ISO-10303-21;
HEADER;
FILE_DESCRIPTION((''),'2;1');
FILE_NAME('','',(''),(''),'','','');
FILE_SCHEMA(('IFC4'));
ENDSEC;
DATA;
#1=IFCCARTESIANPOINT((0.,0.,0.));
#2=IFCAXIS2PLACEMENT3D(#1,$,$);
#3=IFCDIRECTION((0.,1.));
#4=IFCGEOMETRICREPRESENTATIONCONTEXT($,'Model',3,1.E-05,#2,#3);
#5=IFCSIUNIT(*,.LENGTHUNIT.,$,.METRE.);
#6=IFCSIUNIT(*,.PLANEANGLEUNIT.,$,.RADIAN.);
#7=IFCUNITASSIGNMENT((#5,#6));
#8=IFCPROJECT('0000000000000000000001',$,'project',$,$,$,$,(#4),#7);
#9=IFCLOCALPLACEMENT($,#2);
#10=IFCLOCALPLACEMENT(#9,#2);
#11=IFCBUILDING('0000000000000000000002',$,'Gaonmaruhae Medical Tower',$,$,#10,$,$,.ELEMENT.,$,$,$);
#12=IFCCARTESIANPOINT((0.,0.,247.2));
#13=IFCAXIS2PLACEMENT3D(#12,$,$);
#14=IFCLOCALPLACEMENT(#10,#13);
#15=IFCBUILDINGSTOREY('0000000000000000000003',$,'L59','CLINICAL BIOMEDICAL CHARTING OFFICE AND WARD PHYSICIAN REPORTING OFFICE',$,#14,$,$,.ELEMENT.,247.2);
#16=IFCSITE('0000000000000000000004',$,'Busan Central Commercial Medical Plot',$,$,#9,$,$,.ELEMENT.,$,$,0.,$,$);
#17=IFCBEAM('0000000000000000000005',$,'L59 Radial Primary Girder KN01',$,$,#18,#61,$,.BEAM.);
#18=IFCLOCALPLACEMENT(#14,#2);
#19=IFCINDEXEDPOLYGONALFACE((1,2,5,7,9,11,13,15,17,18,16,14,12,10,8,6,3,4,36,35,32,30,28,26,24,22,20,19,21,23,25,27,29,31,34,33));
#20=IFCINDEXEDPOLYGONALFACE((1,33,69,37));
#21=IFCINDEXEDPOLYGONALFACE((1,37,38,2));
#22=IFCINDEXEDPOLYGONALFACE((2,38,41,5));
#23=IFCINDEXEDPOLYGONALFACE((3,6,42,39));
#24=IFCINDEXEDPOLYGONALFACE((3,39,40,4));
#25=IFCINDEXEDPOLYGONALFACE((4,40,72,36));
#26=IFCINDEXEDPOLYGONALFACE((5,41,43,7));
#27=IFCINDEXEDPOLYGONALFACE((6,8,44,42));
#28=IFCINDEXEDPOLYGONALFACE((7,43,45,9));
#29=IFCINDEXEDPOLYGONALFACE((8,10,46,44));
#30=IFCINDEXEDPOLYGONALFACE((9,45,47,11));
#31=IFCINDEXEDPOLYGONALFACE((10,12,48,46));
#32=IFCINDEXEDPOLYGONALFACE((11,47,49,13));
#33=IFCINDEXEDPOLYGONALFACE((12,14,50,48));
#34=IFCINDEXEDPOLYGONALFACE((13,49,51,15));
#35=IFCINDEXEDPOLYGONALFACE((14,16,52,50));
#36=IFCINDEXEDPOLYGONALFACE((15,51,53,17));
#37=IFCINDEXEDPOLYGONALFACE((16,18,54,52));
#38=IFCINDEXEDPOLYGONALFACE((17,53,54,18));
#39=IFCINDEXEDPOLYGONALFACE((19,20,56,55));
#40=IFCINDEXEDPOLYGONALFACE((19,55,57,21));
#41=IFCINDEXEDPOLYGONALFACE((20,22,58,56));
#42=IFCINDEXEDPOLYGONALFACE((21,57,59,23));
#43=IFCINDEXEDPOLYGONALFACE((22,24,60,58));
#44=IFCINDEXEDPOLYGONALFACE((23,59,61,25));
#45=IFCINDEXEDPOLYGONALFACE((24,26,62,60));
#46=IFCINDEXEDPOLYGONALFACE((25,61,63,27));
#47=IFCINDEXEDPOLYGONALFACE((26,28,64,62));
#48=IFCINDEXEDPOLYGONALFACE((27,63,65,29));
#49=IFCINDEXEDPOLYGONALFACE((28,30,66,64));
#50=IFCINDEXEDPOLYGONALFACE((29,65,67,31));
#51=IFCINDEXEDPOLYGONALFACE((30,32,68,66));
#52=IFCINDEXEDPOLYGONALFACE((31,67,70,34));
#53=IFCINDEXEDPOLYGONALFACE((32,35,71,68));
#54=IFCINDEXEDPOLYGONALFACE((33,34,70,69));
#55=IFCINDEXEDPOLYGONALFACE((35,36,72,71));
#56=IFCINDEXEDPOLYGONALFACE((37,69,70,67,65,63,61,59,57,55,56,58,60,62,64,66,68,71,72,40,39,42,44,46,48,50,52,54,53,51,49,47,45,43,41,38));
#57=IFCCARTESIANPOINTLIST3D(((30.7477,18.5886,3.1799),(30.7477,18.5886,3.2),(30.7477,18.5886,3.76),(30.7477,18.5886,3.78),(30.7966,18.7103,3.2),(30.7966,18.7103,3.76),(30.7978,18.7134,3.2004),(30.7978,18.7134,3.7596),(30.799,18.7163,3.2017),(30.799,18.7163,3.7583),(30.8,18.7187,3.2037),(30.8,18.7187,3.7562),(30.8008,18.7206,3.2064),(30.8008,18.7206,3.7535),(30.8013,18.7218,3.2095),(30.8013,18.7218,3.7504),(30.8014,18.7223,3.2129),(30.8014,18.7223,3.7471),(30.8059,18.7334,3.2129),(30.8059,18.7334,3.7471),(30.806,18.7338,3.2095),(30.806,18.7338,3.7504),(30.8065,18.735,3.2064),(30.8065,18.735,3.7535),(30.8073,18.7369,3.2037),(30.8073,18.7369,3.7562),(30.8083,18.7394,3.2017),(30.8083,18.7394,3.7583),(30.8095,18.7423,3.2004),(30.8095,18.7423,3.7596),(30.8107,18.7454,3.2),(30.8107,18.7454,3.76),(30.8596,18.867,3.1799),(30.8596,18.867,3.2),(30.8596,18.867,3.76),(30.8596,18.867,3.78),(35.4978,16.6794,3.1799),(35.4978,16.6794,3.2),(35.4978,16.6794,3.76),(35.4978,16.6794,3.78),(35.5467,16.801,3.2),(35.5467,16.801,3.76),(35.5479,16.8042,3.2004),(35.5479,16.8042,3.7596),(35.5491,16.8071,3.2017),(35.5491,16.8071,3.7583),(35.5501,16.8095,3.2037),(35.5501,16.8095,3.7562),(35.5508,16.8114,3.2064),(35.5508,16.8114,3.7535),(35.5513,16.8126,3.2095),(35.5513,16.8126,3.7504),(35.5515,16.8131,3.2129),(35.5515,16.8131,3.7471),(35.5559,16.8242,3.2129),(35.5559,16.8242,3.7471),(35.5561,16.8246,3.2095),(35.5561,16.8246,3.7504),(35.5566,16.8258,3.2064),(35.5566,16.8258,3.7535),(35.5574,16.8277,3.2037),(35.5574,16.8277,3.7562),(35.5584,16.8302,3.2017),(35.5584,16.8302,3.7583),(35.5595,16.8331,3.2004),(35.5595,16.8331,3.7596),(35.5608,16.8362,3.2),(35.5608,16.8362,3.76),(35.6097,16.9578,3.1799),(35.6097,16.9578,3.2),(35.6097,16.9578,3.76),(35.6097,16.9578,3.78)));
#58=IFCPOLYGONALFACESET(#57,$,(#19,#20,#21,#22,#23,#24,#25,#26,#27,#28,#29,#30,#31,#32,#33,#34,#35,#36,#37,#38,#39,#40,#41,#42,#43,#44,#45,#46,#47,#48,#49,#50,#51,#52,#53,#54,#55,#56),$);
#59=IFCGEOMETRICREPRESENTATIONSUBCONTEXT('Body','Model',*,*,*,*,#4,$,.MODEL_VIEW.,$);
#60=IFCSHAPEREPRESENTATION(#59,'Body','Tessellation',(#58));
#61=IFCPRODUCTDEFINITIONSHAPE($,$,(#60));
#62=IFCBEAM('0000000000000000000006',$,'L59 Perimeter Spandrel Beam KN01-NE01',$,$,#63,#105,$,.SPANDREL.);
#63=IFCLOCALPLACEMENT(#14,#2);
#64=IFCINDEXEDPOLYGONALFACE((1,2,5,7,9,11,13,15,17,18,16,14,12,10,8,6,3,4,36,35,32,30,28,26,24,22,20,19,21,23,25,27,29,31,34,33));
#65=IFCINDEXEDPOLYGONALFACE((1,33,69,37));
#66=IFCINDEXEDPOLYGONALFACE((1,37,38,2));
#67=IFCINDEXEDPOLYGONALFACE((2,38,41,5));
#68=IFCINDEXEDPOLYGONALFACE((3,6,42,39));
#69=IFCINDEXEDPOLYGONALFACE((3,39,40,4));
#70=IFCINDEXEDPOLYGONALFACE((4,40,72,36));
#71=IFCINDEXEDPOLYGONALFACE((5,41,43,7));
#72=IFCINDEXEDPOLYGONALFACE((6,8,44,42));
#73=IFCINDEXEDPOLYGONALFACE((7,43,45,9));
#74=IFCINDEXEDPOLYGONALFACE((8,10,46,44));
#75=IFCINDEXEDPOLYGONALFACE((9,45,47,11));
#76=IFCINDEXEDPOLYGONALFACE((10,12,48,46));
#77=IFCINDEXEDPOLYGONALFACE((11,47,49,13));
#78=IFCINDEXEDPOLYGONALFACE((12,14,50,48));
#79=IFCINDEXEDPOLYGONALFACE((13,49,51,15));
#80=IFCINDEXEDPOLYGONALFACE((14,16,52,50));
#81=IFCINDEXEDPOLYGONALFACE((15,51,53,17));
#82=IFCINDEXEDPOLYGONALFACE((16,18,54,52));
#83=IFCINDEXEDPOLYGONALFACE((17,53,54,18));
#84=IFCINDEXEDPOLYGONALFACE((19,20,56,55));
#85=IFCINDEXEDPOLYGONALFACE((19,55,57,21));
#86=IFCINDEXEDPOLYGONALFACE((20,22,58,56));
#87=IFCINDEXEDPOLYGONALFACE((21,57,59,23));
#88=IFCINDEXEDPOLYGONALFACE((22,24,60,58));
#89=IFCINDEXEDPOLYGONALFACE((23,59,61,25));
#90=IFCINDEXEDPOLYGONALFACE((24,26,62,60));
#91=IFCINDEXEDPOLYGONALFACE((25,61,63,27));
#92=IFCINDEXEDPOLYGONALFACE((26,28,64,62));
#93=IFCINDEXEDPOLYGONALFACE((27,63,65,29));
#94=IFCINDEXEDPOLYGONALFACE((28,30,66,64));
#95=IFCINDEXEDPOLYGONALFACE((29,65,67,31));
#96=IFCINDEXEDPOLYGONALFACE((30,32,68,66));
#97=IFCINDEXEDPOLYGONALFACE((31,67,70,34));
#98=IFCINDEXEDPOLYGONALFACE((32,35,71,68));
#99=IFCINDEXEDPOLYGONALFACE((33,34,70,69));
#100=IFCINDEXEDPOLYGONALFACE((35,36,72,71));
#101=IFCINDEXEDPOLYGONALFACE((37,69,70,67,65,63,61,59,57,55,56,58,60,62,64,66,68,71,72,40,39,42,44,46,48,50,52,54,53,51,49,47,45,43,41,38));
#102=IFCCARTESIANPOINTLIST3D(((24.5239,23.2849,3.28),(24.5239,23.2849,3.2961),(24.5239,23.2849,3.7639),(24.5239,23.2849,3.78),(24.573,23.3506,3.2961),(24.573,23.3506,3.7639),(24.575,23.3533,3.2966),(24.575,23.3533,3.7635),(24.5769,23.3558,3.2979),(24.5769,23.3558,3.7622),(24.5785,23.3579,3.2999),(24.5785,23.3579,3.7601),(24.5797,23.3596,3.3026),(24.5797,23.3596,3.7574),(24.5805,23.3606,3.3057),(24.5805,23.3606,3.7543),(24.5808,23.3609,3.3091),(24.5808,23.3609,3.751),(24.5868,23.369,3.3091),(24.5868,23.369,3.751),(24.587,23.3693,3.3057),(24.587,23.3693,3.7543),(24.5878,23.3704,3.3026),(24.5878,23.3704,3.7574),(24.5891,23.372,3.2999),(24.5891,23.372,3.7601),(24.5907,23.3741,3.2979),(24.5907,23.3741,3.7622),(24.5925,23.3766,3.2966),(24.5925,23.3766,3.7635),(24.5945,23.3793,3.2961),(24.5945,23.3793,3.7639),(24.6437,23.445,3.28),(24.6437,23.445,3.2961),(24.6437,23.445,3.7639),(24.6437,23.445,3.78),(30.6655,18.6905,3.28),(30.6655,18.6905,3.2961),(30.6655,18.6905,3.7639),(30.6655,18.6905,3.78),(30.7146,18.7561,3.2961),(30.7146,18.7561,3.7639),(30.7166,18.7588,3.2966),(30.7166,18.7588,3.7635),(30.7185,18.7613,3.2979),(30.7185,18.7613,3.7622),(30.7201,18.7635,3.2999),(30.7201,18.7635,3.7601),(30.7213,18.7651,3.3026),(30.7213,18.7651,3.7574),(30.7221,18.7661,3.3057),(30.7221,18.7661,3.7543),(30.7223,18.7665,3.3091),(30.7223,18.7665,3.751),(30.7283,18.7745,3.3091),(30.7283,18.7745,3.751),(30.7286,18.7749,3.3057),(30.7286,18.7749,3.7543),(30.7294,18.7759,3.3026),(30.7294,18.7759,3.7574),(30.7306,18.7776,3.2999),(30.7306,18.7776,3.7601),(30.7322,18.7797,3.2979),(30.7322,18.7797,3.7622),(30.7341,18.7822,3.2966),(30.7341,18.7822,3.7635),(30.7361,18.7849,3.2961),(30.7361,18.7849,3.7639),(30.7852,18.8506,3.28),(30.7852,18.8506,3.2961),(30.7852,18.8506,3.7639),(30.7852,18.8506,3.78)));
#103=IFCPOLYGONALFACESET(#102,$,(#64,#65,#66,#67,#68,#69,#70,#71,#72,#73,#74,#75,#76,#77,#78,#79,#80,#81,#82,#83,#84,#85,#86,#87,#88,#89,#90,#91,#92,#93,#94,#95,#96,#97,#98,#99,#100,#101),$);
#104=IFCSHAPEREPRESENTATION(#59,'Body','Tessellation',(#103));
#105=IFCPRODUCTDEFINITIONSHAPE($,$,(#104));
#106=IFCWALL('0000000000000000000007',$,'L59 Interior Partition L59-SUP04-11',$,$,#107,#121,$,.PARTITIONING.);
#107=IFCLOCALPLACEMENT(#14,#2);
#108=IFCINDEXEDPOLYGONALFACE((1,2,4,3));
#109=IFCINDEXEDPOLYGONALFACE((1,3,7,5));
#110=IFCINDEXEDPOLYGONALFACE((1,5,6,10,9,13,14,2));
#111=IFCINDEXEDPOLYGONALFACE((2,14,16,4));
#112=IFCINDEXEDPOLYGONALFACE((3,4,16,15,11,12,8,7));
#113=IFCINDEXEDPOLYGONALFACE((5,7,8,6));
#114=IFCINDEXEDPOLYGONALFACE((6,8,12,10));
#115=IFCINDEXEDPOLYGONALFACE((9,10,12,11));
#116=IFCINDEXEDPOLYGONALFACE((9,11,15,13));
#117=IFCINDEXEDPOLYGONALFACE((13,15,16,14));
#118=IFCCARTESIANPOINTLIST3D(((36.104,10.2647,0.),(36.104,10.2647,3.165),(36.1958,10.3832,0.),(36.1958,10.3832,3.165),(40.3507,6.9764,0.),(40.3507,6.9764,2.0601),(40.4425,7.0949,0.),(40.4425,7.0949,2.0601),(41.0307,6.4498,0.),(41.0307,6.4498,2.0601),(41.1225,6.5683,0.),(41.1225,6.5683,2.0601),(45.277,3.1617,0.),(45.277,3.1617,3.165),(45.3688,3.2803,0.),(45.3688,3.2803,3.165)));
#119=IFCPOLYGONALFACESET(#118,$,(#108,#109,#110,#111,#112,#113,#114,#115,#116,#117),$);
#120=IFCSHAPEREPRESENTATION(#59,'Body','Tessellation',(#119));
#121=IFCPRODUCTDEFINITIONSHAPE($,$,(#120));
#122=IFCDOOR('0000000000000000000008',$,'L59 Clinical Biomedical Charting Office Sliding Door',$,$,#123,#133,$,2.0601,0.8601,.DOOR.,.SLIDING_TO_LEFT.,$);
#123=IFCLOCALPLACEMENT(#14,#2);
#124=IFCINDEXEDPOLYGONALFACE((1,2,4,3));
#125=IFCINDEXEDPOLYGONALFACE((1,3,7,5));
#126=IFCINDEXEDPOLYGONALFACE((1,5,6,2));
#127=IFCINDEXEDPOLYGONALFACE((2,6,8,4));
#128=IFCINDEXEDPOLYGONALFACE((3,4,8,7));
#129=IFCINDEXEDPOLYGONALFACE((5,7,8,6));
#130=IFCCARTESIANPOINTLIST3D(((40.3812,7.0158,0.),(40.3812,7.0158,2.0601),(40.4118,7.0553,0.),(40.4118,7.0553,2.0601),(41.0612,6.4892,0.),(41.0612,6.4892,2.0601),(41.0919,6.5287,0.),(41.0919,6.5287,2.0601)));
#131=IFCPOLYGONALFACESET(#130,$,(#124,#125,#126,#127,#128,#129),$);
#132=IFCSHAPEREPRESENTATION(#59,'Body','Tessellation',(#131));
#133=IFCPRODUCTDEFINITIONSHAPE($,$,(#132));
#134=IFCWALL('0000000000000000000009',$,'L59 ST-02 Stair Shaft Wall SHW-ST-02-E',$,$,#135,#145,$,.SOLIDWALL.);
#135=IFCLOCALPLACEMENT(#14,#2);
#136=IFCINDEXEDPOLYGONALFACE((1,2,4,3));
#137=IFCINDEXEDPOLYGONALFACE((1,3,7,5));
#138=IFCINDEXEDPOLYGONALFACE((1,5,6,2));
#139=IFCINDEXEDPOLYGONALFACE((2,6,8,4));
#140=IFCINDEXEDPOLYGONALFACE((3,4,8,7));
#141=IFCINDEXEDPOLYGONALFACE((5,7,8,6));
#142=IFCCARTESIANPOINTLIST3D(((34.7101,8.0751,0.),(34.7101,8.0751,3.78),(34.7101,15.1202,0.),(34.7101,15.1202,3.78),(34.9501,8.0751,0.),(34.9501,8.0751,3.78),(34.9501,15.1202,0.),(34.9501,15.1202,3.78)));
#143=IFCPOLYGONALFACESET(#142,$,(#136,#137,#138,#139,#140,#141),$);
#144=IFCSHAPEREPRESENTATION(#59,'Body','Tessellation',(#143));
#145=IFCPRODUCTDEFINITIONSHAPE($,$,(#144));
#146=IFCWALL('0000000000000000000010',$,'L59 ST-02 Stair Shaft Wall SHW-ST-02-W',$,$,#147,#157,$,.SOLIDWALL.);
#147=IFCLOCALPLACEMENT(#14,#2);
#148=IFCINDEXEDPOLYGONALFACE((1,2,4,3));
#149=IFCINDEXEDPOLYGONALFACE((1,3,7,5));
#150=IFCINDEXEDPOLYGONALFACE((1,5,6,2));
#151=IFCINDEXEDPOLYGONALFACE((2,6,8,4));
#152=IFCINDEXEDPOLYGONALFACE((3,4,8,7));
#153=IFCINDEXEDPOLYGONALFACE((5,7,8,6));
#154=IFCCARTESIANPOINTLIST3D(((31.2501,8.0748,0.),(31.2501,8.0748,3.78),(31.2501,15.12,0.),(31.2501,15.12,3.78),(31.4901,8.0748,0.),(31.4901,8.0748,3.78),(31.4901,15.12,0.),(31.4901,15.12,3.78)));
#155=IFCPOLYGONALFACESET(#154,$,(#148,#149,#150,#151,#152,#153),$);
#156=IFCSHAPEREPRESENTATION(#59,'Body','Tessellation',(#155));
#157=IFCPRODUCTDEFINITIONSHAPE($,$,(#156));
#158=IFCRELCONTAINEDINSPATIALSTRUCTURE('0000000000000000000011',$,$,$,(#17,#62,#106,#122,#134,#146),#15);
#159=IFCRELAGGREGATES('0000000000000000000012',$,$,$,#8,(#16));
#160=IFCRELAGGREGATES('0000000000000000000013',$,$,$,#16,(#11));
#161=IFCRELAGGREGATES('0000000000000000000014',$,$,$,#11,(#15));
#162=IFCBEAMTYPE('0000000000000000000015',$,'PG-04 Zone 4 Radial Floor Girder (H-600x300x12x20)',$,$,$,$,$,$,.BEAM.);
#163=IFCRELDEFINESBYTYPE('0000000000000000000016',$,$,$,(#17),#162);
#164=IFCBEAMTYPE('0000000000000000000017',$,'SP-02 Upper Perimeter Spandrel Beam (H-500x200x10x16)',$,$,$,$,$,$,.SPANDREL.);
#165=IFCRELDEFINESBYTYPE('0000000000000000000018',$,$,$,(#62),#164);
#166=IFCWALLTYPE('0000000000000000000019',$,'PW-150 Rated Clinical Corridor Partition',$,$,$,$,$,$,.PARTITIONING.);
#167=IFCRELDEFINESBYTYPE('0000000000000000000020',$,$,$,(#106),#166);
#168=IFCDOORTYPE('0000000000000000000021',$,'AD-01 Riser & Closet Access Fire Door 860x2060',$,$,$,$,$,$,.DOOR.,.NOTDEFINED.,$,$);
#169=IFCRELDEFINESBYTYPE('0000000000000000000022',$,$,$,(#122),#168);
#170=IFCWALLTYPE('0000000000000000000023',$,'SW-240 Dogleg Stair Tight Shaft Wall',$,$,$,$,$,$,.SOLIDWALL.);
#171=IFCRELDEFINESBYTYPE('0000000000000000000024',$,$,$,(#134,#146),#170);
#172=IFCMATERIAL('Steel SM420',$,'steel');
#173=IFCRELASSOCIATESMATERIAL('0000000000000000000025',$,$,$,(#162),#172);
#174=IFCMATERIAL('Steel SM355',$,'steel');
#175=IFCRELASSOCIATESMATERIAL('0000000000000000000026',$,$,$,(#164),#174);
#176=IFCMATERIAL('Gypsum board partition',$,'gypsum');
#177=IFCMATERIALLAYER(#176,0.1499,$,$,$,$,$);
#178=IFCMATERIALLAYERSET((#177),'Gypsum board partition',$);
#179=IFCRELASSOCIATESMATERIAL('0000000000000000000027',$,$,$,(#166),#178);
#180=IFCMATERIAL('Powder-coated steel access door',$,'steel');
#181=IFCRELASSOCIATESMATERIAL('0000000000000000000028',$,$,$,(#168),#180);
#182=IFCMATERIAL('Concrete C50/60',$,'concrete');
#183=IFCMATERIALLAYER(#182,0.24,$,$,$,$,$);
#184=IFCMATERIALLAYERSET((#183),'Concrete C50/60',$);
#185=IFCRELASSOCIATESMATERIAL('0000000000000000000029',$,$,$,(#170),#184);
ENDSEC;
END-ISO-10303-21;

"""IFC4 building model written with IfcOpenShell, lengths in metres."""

from ifc_helpers import new_model, si_unit, direction, frame, frame_2d, origin, origin_2d, place, context, subcontext, project, spatial, rectangle, i_section, extrude, material, layer, layer_set, material_profile, profile_set, type_object, element, fill, save


model = new_model("IFC4")

# Units and contexts
model_context = context("Model", 3, precision=1e-05, world=origin(), true_north=direction((0.0, 1.0)))
body_context = subcontext(model_context, "Body", "Model", "MODEL_VIEW")
ifc_project = project(units=[si_unit("LENGTHUNIT", "METRE"), si_unit("PLANEANGLEUNIT", "RADIAN")], contexts=[model_context])

# Site, building, storey
site_placement = place(None, origin())
site = spatial("IfcSite", under=ifc_project, at=site_placement, Name="Busan Central Commercial Medical Plot", CompositionType="ELEMENT", RefElevation=0.0)
building_placement = place(site_placement, origin())
building = spatial("IfcBuilding", under=site, at=building_placement, Name="Gaonmaruhae Medical Tower", CompositionType="ELEMENT")
storey_placement = place(building_placement, frame((0.0, 0.0, 247.2)))
storey = spatial("IfcBuildingStorey", under=building, at=storey_placement, Name="L59", Description="CLINICAL BIOMEDICAL CHARTING OFFICE AND WARD PHYSICIAN REPORTING OFFICE", CompositionType="ELEMENT", Elevation=247.2)

# Shared definitions
ifc_material_1 = material(Name="Concrete C50/60", Category="concrete")

# Beams
ifc_material_2 = material(Name="Steel SM420", Category="steel")
ifc_material_profile_1 = material_profile(ifc_material_2, i_section(OverallWidth=0.3, OverallDepth=0.6001, WebThickness=0.012, FlangeThickness=0.02, FilletRadius=0.0129, at=origin_2d()), Name="H-600x300x12x20")
ifc_profile_set_1 = profile_set([ifc_material_profile_1], Name="Steel SM420")
beam_type_1 = type_object("IfcBeamType", Name="PG-04 Zone 4 Radial Floor Girder (H-600x300x12x20)", PredefinedType="BEAM", material=ifc_profile_set_1)
beam_1_placement = place(storey_placement, frame((35.5537, 16.8186, 3.48), z_axis=(-0.927857, 0.372936, 0.0), x_axis=(-0.372936, -0.927857, 0.0)))
element("IfcBeam", 1, at=beam_1_placement, inside=storey, type_object=beam_type_1, Name="L59 Radial Primary Girder KN01", PredefinedType="BEAM", context=body_context, shape_type="SweptSolid", body=[
    extrude(i_section(OverallWidth=0.3, OverallDepth=0.6001, WebThickness=0.012, FlangeThickness=0.02, FilletRadius=0.0129, at=origin_2d()), origin(), (0.0, 0.0, 1.0), 5.1194),
])
ifc_material_3 = material(Name="Steel SM355", Category="steel")
ifc_material_profile_2 = material_profile(ifc_material_3, i_section(OverallWidth=0.2, OverallDepth=0.5, WebThickness=0.01, FlangeThickness=0.0161, FilletRadius=0.0129, at=origin_2d()), Name="H-500x200x10x16")
ifc_profile_set_2 = profile_set([ifc_material_profile_2], Name="Steel SM355")
beam_type_2 = type_object("IfcBeamType", Name="SP-02 Upper Perimeter Spandrel Beam (H-500x200x10x16)", PredefinedType="SPANDREL", material=ifc_profile_set_2)
beam_2_placement = place(storey_placement, frame((30.7253, 18.7705, 3.53), z_axis=(-0.800733, 0.599022, 0.0), x_axis=(-0.599022, -0.800733, 0.0)))
element("IfcBeam", 2, at=beam_2_placement, inside=storey, type_object=beam_type_2, Name="L59 Perimeter Spandrel Beam KN01-NE01", PredefinedType="SPANDREL", context=body_context, shape_type="SweptSolid", body=[
    extrude(i_section(OverallWidth=0.2, OverallDepth=0.5, WebThickness=0.01, FlangeThickness=0.0161, FilletRadius=0.0129, at=origin_2d()), origin(), (0.0, 0.0, 1.0), 7.6699),
])

# Wall, opening, door
ifc_material_4 = material(Name="Gypsum board partition", Category="gypsum")
ifc_layer_1 = layer(ifc_material_4, 0.1499)
ifc_layer_set_1 = layer_set([ifc_layer_1], Name="Gypsum board partition")
wall_type_1 = type_object("IfcWallType", Name="PW-150 Rated Clinical Corridor Partition", PredefinedType="PARTITIONING", material=ifc_layer_set_1)
wall_1_placement = place(storey_placement, frame((36.1499, 10.324, 0.0), z_axis=(0.0, 0.0, 1.0), x_axis=(0.79067, -0.612242, 0.0)))
wall_1 = element("IfcWall", 3, at=wall_1_placement, inside=storey, type_object=wall_type_1, Name="L59 Interior Partition L59-SUP04-11", PredefinedType="PARTITIONING", context=body_context, shape_type="SweptSolid", body=[
    extrude(rectangle(XDim=11.6016, YDim=0.1499, at=frame_2d((5.8008, 0.0))), origin(), (0.0, 0.0, 1.0), 3.165),
])
opening_1_placement = place(wall_1_placement, frame((5.3708, 0.0, 0.0)))
opening_1 = element("IfcOpeningElement", 4, at=opening_1_placement, cuts=wall_1, PredefinedType="OPENING", context=body_context, shape_type="SweptSolid", body=[
    extrude(rectangle(XDim=0.8601, YDim=2.0601, at=frame_2d((0.4302, 1.03))), frame((0.0, 0.085, 0.0), z_axis=(0.0, -1.0, 0.0), x_axis=(1.0, 0.0, 0.0)), (0.0, 0.0, 1.0), 0.1699),
])
ifc_material_5 = material(Name="Powder-coated steel access door", Category="steel")
door_type_1 = type_object("IfcDoorType", Name="AD-01 Riser & Closet Access Fire Door 860x2060", OperationType="NOTDEFINED", PredefinedType="DOOR", material=ifc_material_5)
door_1_placement = place(opening_1_placement, origin())
door_1 = element("IfcDoor", 5, at=door_1_placement, inside=storey, type_object=door_type_1, Name="L59 Clinical Biomedical Charting Office Sliding Door", OperationType="SLIDING_TO_LEFT", OverallHeight=2.0601, OverallWidth=0.8601, PredefinedType="DOOR", context=body_context, shape_type="SweptSolid", body=[
    extrude(rectangle(XDim=0.8601, YDim=2.0601, at=frame_2d((0.4302, 1.03))), frame((0.0, 0.0249, 0.0), z_axis=(0.0, -1.0, 0.0), x_axis=(1.0, 0.0, 0.0)), (0.0, 0.0, 1.0), 0.05),
])
fill(opening_1, door_1)
ifc_layer_2 = layer(ifc_material_1, 0.24)
ifc_layer_set_2 = layer_set([ifc_layer_2], Name="Concrete C50/60")
wall_type_2 = type_object("IfcWallType", Name="SW-240 Dogleg Stair Tight Shaft Wall", PredefinedType="SOLIDWALL", material=ifc_layer_set_2)

# Walls
for number, where, z_axis, x_axis, name in (
    (6, (34.8301, 15.1201, 0.0), (0.0, 0.0, 1.0), (0.0, -1.0, 0.0), "L59 ST-02 Stair Shaft Wall SHW-ST-02-E"),
    (7, (31.3701, 8.075, 0.0), (0.0, 0.0, 1.0), (0.0, 1.0, 0.0), "L59 ST-02 Stair Shaft Wall SHW-ST-02-W"),
):
    element("IfcWall", number, at=place(storey_placement, frame(where, z_axis=z_axis, x_axis=x_axis)), inside=storey, type_object=wall_type_2, Name=name, PredefinedType="SOLIDWALL", context=body_context, shape_type="SweptSolid", body=[
        extrude(rectangle(XDim=7.0452, YDim=0.24, at=frame_2d((3.5225, 0.0))), origin(), (0.0, 0.0, 1.0), 3.78),
    ])

save(model, "model.ifc")
